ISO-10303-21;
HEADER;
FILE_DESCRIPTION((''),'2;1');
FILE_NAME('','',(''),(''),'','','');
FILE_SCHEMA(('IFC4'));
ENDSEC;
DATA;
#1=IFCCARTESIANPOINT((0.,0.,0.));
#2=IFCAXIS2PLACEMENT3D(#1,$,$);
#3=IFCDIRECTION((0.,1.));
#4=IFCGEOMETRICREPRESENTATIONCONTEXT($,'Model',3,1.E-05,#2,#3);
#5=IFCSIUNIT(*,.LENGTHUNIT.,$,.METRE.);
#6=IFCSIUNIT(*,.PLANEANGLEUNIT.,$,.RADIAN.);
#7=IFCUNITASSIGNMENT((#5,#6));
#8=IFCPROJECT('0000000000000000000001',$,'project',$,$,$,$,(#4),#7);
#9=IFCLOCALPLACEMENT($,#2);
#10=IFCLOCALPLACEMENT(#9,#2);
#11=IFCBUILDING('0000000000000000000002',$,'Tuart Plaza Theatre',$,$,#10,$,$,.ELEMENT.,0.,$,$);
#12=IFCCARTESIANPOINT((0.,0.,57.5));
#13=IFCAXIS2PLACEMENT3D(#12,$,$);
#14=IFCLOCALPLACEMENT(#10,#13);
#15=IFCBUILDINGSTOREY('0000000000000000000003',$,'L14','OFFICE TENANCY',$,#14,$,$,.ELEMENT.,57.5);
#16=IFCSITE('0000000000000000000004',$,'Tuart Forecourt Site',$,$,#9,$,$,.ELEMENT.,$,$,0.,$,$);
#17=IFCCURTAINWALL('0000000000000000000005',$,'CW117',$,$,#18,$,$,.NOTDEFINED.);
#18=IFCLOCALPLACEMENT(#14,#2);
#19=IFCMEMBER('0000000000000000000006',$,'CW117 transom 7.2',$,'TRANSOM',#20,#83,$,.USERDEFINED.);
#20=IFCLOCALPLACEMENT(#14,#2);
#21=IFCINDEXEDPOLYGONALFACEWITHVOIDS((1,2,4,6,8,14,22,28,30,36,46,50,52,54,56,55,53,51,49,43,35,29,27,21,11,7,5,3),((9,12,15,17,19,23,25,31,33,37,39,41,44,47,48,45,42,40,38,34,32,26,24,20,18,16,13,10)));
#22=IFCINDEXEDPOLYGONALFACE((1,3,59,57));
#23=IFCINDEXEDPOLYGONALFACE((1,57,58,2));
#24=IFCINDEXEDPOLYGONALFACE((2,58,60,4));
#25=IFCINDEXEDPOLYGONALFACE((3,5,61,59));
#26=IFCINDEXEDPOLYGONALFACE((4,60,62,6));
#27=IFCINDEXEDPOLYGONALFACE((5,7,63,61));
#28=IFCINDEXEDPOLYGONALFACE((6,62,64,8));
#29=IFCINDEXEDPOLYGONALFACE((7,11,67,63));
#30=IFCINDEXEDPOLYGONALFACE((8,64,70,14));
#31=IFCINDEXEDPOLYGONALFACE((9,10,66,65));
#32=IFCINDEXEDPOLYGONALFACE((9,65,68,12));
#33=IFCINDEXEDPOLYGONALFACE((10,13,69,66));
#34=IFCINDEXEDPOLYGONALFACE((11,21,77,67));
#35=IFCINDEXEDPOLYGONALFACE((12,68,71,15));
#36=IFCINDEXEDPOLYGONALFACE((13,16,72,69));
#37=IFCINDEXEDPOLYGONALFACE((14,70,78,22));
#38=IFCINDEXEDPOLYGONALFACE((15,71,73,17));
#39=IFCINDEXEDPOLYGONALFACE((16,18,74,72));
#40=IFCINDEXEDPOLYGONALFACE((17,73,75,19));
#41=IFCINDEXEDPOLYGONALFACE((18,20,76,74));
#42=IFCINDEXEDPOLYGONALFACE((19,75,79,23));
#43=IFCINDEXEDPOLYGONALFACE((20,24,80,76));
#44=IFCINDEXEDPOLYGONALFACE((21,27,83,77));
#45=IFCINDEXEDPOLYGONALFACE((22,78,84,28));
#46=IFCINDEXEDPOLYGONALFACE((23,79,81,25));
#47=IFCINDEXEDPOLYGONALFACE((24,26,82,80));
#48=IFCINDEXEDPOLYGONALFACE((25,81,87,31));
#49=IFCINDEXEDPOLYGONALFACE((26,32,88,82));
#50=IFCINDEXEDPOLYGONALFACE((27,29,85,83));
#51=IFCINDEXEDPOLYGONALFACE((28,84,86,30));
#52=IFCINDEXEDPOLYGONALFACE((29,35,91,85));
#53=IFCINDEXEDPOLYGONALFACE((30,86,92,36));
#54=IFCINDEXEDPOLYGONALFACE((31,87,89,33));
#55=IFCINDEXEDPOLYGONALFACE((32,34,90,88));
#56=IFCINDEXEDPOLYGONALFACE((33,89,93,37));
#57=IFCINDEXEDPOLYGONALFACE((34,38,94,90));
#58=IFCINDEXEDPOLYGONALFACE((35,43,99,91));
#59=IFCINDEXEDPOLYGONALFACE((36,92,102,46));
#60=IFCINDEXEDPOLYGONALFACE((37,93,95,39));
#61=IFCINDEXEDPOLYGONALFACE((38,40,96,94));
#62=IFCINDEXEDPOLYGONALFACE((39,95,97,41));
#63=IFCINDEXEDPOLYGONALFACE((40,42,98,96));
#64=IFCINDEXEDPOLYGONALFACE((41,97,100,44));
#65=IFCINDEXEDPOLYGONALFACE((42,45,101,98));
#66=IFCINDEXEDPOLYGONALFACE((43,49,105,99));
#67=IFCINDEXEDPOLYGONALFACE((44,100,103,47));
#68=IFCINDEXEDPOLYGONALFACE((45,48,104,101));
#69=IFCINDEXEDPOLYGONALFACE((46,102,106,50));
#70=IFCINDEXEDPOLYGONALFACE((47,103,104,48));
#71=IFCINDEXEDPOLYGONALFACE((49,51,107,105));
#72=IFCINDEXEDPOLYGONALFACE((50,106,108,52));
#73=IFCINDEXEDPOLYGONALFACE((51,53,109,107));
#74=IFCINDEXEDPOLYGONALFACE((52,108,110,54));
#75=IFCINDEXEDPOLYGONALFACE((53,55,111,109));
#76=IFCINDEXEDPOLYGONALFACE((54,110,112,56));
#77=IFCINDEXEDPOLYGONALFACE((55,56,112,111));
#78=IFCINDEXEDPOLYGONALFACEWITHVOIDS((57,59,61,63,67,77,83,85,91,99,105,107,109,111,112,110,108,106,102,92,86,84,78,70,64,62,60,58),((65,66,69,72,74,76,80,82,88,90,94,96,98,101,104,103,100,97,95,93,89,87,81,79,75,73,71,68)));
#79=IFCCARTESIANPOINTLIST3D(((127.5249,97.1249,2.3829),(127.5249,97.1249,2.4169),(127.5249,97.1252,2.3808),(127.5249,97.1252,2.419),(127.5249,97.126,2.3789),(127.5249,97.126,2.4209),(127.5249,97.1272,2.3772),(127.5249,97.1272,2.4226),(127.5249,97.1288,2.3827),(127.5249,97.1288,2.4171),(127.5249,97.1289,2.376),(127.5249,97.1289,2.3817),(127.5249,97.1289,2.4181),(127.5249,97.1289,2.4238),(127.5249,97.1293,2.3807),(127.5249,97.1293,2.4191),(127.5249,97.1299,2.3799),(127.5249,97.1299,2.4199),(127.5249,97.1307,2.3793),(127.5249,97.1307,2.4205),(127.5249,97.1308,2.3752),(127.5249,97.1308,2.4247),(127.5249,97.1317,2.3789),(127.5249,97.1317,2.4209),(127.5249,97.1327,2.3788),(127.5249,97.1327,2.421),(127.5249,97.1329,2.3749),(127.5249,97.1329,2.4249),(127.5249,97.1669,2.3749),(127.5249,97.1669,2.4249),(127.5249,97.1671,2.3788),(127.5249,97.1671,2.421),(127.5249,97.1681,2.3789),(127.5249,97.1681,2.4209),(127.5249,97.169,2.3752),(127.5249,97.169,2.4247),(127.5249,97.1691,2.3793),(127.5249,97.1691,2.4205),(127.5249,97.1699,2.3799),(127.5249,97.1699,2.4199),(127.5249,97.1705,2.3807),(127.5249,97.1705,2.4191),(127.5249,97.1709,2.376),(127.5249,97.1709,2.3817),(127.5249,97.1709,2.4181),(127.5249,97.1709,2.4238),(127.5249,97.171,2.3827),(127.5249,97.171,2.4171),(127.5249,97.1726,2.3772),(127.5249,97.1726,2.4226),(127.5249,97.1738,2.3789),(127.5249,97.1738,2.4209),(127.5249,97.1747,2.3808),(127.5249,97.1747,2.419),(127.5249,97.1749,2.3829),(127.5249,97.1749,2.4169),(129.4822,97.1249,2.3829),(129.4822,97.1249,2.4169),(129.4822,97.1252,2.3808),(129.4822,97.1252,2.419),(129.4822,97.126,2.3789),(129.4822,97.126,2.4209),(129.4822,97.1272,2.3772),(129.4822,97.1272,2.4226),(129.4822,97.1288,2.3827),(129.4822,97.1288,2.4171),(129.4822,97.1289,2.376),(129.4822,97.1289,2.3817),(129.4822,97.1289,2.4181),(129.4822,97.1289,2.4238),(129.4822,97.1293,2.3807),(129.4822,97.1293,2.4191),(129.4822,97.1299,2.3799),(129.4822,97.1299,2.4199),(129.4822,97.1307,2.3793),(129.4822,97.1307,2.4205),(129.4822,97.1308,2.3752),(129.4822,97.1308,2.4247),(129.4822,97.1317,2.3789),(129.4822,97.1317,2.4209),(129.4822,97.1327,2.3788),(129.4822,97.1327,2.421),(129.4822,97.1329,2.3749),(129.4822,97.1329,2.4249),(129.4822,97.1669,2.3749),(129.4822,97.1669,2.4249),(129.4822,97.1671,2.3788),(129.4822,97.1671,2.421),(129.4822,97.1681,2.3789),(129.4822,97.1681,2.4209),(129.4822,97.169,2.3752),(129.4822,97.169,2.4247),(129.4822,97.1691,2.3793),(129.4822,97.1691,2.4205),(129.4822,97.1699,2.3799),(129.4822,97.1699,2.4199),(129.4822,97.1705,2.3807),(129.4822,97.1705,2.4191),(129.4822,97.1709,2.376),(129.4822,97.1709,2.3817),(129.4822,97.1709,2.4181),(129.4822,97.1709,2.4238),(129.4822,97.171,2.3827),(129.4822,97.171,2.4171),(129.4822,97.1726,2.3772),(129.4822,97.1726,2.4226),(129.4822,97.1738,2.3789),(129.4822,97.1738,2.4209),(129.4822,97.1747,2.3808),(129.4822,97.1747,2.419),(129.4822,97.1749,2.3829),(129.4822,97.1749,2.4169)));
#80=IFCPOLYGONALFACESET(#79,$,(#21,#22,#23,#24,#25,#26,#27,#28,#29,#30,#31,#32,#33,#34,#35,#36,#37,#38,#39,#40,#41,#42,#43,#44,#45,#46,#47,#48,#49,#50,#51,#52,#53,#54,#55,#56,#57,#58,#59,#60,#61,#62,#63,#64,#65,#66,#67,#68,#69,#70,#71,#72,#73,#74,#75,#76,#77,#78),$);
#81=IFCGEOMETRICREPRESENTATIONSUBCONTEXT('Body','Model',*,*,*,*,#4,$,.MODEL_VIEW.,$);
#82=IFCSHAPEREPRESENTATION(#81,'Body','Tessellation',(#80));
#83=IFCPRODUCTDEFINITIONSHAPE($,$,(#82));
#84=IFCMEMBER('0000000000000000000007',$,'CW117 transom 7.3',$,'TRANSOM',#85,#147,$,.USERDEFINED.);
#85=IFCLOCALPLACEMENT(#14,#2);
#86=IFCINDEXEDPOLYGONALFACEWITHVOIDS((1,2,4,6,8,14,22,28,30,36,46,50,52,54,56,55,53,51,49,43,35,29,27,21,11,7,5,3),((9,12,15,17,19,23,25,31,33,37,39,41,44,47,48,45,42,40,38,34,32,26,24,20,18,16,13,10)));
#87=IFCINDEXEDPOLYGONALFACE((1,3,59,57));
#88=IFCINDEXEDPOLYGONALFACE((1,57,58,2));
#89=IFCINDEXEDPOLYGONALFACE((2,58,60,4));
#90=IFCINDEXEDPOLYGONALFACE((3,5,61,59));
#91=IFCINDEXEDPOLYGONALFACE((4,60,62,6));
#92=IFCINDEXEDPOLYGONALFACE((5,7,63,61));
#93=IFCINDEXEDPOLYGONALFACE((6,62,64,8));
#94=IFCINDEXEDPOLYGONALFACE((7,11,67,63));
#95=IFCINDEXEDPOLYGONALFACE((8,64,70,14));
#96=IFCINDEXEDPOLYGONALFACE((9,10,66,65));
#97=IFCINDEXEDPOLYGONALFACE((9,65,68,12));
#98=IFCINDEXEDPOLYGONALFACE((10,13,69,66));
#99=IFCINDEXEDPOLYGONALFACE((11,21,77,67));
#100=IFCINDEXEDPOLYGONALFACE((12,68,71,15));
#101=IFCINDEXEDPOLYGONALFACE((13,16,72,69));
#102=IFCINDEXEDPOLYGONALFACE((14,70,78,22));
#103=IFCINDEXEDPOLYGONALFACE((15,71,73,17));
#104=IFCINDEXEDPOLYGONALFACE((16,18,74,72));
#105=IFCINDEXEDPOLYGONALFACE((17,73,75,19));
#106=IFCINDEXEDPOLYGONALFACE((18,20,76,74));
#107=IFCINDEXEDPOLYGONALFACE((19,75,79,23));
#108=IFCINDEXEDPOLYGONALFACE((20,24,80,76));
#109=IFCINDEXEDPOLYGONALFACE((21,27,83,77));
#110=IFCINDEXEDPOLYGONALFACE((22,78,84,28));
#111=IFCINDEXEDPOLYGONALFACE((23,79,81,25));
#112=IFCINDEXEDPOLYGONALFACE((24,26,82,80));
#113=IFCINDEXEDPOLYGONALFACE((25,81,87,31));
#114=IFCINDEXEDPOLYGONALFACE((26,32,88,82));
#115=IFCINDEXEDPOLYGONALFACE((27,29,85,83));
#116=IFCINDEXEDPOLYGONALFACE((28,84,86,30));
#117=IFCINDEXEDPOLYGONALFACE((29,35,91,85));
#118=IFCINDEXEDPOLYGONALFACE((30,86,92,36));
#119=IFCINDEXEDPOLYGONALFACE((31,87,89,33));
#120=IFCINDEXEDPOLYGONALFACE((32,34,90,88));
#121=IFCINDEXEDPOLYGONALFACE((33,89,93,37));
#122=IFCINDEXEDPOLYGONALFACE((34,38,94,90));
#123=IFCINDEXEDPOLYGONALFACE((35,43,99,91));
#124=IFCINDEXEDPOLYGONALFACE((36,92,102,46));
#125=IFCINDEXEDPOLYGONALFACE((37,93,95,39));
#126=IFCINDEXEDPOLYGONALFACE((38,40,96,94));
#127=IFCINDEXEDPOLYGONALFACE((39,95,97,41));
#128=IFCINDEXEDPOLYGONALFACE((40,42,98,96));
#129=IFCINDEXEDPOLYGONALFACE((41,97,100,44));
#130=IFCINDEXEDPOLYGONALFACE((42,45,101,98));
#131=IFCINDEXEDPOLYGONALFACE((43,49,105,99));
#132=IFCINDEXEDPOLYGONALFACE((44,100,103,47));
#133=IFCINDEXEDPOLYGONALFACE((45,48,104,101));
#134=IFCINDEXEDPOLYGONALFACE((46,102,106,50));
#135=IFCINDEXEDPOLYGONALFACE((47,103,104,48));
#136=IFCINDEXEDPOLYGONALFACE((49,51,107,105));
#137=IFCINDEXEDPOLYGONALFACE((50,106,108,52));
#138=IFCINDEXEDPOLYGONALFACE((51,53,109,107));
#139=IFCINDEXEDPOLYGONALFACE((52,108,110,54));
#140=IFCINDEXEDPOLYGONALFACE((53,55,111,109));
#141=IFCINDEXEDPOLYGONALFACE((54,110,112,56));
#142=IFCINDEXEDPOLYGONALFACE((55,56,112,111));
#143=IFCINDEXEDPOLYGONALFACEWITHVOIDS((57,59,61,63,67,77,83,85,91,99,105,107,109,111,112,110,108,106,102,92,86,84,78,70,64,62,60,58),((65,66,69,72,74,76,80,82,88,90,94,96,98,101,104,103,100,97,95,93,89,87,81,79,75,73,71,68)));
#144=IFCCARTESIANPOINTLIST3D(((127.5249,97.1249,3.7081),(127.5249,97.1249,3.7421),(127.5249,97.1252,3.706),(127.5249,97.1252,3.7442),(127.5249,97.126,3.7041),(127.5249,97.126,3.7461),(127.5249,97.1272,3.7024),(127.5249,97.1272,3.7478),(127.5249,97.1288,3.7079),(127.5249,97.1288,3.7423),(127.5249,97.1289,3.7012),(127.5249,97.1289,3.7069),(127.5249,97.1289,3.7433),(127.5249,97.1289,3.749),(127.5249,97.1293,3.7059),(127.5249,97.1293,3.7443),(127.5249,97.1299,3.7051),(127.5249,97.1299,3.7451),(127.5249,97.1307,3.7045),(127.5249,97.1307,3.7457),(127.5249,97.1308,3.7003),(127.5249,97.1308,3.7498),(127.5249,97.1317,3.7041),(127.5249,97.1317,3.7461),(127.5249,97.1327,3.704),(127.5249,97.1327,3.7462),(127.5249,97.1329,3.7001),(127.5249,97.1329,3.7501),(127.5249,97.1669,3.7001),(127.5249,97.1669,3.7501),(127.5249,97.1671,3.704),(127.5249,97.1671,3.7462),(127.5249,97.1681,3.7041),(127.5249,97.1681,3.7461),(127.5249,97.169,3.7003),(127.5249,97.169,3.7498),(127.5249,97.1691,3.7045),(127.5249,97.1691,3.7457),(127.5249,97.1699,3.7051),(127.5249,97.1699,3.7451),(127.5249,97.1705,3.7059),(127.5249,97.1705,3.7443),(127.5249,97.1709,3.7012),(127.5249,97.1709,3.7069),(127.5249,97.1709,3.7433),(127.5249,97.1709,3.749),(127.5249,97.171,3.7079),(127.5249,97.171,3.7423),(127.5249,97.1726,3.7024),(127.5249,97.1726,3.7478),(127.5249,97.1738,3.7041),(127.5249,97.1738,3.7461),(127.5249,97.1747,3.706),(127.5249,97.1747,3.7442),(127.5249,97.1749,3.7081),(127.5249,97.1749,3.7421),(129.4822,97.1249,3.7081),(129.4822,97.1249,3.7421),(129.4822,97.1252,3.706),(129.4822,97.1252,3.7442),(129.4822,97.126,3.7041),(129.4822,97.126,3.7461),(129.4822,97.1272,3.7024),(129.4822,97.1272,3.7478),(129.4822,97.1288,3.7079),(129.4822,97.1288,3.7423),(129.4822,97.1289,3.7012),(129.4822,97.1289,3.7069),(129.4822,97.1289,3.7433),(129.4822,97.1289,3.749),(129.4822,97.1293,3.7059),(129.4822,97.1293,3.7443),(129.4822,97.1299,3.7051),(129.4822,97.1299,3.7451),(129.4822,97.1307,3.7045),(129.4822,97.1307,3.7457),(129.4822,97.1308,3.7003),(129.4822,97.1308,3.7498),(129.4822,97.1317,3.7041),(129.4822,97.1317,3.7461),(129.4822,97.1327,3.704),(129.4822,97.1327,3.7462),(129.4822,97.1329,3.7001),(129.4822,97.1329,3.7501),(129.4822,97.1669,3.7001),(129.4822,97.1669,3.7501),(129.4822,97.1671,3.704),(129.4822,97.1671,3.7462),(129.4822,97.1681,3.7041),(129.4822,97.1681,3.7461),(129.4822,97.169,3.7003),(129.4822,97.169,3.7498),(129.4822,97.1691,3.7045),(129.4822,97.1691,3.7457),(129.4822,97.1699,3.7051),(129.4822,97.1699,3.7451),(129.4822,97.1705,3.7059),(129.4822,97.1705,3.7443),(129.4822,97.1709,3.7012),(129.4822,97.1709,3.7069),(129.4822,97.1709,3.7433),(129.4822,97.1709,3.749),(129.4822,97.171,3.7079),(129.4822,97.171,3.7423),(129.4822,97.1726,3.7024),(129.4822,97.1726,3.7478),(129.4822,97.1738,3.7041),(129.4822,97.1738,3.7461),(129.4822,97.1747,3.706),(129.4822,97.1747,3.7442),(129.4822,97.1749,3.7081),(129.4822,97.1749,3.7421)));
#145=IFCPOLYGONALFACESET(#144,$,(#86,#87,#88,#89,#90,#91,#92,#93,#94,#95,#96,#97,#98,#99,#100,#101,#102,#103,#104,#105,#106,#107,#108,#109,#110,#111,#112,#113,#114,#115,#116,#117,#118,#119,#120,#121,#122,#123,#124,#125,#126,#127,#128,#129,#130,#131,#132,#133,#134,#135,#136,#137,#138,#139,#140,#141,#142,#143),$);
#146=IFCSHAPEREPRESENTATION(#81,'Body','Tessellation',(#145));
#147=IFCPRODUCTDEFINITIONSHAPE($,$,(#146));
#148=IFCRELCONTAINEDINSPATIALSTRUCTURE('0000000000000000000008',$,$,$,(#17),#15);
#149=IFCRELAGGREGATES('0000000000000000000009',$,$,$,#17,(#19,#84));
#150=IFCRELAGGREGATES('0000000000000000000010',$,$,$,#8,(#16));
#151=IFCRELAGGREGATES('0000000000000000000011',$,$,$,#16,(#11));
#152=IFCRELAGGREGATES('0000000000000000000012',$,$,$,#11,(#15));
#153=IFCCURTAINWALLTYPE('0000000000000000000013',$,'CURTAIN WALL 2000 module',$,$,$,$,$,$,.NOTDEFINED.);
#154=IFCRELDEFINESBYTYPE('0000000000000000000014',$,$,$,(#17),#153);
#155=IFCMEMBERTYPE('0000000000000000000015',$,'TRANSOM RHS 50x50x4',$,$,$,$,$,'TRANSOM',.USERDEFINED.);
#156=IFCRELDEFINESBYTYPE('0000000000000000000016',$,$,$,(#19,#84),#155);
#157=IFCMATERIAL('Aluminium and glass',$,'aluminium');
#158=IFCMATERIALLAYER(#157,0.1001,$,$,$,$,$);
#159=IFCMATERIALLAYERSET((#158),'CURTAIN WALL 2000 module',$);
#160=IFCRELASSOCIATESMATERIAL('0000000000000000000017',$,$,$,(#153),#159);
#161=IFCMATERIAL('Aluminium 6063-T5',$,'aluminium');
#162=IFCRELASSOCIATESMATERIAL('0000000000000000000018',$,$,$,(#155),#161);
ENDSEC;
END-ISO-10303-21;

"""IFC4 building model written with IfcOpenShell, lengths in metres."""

from ifc_helpers import new_model, si_unit, direction, frame, origin, origin_2d, place, context, subcontext, project, spatial, hollow_rectangle, extrude, material, layer, layer_set, material_profile, profile_set, type_object, element, aggregate, save


model = new_model("IFC4")

# Units and contexts
model_context = context("Model", 3, precision=1e-05, world=origin(), true_north=direction((0.0, 1.0)))
body_context = subcontext(model_context, "Body", "Model", "MODEL_VIEW")
ifc_project = project(units=[si_unit("LENGTHUNIT", "METRE"), si_unit("PLANEANGLEUNIT", "RADIAN")], contexts=[model_context])

# Site, building, storey
site_placement = place(None, origin())
site = spatial("IfcSite", under=ifc_project, at=site_placement, Name="Tuart Forecourt Site", CompositionType="ELEMENT", RefElevation=0.0)
building_placement = place(site_placement, origin())
building = spatial("IfcBuilding", under=site, at=building_placement, Name="Tuart Plaza Theatre", CompositionType="ELEMENT", ElevationOfRefHeight=0.0)
storey_placement = place(building_placement, frame((0.0, 0.0, 57.5)))
storey = spatial("IfcBuildingStorey", under=building, at=storey_placement, Name="L14", Description="OFFICE TENANCY", CompositionType="ELEMENT", Elevation=57.5)

# Curtain wall, members
ifc_material_1 = material(Name="Aluminium and glass", Category="aluminium")
ifc_layer_1 = layer(ifc_material_1, 0.1001)
ifc_layer_set_1 = layer_set([ifc_layer_1], Name="CURTAIN WALL 2000 module")
curtain_wall_type = type_object("IfcCurtainWallType", Name="CURTAIN WALL 2000 module", PredefinedType="NOTDEFINED", material=ifc_layer_set_1)
curtain_wall_placement = place(storey_placement, origin())
curtain_wall = element("IfcCurtainWall", 1, at=curtain_wall_placement, inside=storey, type_object=curtain_wall_type, Name="CW117", PredefinedType="NOTDEFINED")
ifc_material_2 = material(Name="Aluminium 6063-T5", Category="aluminium")
ifc_material_profile_1 = material_profile(ifc_material_2, hollow_rectangle(XDim=0.05, YDim=0.05, WallThickness=0.0039, InnerFilletRadius=0.0039, OuterFilletRadius=0.0081, at=origin_2d()), Name="RHS 50x50x4")
ifc_profile_set_1 = profile_set([ifc_material_profile_1], Name="Aluminium 6063-T5")
member_type_1 = type_object("IfcMemberType", Name="TRANSOM RHS 50x50x4", ElementType="TRANSOM", PredefinedType="USERDEFINED", material=ifc_profile_set_1)
member_1_placement = place(storey_placement, frame((129.4822, 97.1499, 2.3999), z_axis=(-1.0, 0.0, 0.0), x_axis=(0.0, -1.0, 0.0)))
member_1 = element("IfcMember", 2, at=member_1_placement, type_object=member_type_1, Name="CW117 transom 7.2", ObjectType="TRANSOM", PredefinedType="USERDEFINED", context=body_context, shape_type="SweptSolid", body=[
    extrude(hollow_rectangle(XDim=0.05, YDim=0.05, WallThickness=0.0039, InnerFilletRadius=0.0039, OuterFilletRadius=0.0081, at=origin_2d()), origin(), (0.0, 0.0, 1.0), 1.9573),
])
member_2_placement = place(storey_placement, frame((129.4822, 97.1499, 3.7251), z_axis=(-1.0, 0.0, 0.0), x_axis=(0.0, -1.0, 0.0)))
member_2 = element("IfcMember", 3, at=member_2_placement, type_object=member_type_1, Name="CW117 transom 7.3", ObjectType="TRANSOM", PredefinedType="USERDEFINED", context=body_context, shape_type="SweptSolid", body=[
    extrude(hollow_rectangle(XDim=0.05, YDim=0.05, WallThickness=0.0039, InnerFilletRadius=0.0039, OuterFilletRadius=0.0081, at=origin_2d()), origin(), (0.0, 0.0, 1.0), 1.9573),
])
aggregate(curtain_wall, [member_1, member_2])

save(model, "model.ifc")
